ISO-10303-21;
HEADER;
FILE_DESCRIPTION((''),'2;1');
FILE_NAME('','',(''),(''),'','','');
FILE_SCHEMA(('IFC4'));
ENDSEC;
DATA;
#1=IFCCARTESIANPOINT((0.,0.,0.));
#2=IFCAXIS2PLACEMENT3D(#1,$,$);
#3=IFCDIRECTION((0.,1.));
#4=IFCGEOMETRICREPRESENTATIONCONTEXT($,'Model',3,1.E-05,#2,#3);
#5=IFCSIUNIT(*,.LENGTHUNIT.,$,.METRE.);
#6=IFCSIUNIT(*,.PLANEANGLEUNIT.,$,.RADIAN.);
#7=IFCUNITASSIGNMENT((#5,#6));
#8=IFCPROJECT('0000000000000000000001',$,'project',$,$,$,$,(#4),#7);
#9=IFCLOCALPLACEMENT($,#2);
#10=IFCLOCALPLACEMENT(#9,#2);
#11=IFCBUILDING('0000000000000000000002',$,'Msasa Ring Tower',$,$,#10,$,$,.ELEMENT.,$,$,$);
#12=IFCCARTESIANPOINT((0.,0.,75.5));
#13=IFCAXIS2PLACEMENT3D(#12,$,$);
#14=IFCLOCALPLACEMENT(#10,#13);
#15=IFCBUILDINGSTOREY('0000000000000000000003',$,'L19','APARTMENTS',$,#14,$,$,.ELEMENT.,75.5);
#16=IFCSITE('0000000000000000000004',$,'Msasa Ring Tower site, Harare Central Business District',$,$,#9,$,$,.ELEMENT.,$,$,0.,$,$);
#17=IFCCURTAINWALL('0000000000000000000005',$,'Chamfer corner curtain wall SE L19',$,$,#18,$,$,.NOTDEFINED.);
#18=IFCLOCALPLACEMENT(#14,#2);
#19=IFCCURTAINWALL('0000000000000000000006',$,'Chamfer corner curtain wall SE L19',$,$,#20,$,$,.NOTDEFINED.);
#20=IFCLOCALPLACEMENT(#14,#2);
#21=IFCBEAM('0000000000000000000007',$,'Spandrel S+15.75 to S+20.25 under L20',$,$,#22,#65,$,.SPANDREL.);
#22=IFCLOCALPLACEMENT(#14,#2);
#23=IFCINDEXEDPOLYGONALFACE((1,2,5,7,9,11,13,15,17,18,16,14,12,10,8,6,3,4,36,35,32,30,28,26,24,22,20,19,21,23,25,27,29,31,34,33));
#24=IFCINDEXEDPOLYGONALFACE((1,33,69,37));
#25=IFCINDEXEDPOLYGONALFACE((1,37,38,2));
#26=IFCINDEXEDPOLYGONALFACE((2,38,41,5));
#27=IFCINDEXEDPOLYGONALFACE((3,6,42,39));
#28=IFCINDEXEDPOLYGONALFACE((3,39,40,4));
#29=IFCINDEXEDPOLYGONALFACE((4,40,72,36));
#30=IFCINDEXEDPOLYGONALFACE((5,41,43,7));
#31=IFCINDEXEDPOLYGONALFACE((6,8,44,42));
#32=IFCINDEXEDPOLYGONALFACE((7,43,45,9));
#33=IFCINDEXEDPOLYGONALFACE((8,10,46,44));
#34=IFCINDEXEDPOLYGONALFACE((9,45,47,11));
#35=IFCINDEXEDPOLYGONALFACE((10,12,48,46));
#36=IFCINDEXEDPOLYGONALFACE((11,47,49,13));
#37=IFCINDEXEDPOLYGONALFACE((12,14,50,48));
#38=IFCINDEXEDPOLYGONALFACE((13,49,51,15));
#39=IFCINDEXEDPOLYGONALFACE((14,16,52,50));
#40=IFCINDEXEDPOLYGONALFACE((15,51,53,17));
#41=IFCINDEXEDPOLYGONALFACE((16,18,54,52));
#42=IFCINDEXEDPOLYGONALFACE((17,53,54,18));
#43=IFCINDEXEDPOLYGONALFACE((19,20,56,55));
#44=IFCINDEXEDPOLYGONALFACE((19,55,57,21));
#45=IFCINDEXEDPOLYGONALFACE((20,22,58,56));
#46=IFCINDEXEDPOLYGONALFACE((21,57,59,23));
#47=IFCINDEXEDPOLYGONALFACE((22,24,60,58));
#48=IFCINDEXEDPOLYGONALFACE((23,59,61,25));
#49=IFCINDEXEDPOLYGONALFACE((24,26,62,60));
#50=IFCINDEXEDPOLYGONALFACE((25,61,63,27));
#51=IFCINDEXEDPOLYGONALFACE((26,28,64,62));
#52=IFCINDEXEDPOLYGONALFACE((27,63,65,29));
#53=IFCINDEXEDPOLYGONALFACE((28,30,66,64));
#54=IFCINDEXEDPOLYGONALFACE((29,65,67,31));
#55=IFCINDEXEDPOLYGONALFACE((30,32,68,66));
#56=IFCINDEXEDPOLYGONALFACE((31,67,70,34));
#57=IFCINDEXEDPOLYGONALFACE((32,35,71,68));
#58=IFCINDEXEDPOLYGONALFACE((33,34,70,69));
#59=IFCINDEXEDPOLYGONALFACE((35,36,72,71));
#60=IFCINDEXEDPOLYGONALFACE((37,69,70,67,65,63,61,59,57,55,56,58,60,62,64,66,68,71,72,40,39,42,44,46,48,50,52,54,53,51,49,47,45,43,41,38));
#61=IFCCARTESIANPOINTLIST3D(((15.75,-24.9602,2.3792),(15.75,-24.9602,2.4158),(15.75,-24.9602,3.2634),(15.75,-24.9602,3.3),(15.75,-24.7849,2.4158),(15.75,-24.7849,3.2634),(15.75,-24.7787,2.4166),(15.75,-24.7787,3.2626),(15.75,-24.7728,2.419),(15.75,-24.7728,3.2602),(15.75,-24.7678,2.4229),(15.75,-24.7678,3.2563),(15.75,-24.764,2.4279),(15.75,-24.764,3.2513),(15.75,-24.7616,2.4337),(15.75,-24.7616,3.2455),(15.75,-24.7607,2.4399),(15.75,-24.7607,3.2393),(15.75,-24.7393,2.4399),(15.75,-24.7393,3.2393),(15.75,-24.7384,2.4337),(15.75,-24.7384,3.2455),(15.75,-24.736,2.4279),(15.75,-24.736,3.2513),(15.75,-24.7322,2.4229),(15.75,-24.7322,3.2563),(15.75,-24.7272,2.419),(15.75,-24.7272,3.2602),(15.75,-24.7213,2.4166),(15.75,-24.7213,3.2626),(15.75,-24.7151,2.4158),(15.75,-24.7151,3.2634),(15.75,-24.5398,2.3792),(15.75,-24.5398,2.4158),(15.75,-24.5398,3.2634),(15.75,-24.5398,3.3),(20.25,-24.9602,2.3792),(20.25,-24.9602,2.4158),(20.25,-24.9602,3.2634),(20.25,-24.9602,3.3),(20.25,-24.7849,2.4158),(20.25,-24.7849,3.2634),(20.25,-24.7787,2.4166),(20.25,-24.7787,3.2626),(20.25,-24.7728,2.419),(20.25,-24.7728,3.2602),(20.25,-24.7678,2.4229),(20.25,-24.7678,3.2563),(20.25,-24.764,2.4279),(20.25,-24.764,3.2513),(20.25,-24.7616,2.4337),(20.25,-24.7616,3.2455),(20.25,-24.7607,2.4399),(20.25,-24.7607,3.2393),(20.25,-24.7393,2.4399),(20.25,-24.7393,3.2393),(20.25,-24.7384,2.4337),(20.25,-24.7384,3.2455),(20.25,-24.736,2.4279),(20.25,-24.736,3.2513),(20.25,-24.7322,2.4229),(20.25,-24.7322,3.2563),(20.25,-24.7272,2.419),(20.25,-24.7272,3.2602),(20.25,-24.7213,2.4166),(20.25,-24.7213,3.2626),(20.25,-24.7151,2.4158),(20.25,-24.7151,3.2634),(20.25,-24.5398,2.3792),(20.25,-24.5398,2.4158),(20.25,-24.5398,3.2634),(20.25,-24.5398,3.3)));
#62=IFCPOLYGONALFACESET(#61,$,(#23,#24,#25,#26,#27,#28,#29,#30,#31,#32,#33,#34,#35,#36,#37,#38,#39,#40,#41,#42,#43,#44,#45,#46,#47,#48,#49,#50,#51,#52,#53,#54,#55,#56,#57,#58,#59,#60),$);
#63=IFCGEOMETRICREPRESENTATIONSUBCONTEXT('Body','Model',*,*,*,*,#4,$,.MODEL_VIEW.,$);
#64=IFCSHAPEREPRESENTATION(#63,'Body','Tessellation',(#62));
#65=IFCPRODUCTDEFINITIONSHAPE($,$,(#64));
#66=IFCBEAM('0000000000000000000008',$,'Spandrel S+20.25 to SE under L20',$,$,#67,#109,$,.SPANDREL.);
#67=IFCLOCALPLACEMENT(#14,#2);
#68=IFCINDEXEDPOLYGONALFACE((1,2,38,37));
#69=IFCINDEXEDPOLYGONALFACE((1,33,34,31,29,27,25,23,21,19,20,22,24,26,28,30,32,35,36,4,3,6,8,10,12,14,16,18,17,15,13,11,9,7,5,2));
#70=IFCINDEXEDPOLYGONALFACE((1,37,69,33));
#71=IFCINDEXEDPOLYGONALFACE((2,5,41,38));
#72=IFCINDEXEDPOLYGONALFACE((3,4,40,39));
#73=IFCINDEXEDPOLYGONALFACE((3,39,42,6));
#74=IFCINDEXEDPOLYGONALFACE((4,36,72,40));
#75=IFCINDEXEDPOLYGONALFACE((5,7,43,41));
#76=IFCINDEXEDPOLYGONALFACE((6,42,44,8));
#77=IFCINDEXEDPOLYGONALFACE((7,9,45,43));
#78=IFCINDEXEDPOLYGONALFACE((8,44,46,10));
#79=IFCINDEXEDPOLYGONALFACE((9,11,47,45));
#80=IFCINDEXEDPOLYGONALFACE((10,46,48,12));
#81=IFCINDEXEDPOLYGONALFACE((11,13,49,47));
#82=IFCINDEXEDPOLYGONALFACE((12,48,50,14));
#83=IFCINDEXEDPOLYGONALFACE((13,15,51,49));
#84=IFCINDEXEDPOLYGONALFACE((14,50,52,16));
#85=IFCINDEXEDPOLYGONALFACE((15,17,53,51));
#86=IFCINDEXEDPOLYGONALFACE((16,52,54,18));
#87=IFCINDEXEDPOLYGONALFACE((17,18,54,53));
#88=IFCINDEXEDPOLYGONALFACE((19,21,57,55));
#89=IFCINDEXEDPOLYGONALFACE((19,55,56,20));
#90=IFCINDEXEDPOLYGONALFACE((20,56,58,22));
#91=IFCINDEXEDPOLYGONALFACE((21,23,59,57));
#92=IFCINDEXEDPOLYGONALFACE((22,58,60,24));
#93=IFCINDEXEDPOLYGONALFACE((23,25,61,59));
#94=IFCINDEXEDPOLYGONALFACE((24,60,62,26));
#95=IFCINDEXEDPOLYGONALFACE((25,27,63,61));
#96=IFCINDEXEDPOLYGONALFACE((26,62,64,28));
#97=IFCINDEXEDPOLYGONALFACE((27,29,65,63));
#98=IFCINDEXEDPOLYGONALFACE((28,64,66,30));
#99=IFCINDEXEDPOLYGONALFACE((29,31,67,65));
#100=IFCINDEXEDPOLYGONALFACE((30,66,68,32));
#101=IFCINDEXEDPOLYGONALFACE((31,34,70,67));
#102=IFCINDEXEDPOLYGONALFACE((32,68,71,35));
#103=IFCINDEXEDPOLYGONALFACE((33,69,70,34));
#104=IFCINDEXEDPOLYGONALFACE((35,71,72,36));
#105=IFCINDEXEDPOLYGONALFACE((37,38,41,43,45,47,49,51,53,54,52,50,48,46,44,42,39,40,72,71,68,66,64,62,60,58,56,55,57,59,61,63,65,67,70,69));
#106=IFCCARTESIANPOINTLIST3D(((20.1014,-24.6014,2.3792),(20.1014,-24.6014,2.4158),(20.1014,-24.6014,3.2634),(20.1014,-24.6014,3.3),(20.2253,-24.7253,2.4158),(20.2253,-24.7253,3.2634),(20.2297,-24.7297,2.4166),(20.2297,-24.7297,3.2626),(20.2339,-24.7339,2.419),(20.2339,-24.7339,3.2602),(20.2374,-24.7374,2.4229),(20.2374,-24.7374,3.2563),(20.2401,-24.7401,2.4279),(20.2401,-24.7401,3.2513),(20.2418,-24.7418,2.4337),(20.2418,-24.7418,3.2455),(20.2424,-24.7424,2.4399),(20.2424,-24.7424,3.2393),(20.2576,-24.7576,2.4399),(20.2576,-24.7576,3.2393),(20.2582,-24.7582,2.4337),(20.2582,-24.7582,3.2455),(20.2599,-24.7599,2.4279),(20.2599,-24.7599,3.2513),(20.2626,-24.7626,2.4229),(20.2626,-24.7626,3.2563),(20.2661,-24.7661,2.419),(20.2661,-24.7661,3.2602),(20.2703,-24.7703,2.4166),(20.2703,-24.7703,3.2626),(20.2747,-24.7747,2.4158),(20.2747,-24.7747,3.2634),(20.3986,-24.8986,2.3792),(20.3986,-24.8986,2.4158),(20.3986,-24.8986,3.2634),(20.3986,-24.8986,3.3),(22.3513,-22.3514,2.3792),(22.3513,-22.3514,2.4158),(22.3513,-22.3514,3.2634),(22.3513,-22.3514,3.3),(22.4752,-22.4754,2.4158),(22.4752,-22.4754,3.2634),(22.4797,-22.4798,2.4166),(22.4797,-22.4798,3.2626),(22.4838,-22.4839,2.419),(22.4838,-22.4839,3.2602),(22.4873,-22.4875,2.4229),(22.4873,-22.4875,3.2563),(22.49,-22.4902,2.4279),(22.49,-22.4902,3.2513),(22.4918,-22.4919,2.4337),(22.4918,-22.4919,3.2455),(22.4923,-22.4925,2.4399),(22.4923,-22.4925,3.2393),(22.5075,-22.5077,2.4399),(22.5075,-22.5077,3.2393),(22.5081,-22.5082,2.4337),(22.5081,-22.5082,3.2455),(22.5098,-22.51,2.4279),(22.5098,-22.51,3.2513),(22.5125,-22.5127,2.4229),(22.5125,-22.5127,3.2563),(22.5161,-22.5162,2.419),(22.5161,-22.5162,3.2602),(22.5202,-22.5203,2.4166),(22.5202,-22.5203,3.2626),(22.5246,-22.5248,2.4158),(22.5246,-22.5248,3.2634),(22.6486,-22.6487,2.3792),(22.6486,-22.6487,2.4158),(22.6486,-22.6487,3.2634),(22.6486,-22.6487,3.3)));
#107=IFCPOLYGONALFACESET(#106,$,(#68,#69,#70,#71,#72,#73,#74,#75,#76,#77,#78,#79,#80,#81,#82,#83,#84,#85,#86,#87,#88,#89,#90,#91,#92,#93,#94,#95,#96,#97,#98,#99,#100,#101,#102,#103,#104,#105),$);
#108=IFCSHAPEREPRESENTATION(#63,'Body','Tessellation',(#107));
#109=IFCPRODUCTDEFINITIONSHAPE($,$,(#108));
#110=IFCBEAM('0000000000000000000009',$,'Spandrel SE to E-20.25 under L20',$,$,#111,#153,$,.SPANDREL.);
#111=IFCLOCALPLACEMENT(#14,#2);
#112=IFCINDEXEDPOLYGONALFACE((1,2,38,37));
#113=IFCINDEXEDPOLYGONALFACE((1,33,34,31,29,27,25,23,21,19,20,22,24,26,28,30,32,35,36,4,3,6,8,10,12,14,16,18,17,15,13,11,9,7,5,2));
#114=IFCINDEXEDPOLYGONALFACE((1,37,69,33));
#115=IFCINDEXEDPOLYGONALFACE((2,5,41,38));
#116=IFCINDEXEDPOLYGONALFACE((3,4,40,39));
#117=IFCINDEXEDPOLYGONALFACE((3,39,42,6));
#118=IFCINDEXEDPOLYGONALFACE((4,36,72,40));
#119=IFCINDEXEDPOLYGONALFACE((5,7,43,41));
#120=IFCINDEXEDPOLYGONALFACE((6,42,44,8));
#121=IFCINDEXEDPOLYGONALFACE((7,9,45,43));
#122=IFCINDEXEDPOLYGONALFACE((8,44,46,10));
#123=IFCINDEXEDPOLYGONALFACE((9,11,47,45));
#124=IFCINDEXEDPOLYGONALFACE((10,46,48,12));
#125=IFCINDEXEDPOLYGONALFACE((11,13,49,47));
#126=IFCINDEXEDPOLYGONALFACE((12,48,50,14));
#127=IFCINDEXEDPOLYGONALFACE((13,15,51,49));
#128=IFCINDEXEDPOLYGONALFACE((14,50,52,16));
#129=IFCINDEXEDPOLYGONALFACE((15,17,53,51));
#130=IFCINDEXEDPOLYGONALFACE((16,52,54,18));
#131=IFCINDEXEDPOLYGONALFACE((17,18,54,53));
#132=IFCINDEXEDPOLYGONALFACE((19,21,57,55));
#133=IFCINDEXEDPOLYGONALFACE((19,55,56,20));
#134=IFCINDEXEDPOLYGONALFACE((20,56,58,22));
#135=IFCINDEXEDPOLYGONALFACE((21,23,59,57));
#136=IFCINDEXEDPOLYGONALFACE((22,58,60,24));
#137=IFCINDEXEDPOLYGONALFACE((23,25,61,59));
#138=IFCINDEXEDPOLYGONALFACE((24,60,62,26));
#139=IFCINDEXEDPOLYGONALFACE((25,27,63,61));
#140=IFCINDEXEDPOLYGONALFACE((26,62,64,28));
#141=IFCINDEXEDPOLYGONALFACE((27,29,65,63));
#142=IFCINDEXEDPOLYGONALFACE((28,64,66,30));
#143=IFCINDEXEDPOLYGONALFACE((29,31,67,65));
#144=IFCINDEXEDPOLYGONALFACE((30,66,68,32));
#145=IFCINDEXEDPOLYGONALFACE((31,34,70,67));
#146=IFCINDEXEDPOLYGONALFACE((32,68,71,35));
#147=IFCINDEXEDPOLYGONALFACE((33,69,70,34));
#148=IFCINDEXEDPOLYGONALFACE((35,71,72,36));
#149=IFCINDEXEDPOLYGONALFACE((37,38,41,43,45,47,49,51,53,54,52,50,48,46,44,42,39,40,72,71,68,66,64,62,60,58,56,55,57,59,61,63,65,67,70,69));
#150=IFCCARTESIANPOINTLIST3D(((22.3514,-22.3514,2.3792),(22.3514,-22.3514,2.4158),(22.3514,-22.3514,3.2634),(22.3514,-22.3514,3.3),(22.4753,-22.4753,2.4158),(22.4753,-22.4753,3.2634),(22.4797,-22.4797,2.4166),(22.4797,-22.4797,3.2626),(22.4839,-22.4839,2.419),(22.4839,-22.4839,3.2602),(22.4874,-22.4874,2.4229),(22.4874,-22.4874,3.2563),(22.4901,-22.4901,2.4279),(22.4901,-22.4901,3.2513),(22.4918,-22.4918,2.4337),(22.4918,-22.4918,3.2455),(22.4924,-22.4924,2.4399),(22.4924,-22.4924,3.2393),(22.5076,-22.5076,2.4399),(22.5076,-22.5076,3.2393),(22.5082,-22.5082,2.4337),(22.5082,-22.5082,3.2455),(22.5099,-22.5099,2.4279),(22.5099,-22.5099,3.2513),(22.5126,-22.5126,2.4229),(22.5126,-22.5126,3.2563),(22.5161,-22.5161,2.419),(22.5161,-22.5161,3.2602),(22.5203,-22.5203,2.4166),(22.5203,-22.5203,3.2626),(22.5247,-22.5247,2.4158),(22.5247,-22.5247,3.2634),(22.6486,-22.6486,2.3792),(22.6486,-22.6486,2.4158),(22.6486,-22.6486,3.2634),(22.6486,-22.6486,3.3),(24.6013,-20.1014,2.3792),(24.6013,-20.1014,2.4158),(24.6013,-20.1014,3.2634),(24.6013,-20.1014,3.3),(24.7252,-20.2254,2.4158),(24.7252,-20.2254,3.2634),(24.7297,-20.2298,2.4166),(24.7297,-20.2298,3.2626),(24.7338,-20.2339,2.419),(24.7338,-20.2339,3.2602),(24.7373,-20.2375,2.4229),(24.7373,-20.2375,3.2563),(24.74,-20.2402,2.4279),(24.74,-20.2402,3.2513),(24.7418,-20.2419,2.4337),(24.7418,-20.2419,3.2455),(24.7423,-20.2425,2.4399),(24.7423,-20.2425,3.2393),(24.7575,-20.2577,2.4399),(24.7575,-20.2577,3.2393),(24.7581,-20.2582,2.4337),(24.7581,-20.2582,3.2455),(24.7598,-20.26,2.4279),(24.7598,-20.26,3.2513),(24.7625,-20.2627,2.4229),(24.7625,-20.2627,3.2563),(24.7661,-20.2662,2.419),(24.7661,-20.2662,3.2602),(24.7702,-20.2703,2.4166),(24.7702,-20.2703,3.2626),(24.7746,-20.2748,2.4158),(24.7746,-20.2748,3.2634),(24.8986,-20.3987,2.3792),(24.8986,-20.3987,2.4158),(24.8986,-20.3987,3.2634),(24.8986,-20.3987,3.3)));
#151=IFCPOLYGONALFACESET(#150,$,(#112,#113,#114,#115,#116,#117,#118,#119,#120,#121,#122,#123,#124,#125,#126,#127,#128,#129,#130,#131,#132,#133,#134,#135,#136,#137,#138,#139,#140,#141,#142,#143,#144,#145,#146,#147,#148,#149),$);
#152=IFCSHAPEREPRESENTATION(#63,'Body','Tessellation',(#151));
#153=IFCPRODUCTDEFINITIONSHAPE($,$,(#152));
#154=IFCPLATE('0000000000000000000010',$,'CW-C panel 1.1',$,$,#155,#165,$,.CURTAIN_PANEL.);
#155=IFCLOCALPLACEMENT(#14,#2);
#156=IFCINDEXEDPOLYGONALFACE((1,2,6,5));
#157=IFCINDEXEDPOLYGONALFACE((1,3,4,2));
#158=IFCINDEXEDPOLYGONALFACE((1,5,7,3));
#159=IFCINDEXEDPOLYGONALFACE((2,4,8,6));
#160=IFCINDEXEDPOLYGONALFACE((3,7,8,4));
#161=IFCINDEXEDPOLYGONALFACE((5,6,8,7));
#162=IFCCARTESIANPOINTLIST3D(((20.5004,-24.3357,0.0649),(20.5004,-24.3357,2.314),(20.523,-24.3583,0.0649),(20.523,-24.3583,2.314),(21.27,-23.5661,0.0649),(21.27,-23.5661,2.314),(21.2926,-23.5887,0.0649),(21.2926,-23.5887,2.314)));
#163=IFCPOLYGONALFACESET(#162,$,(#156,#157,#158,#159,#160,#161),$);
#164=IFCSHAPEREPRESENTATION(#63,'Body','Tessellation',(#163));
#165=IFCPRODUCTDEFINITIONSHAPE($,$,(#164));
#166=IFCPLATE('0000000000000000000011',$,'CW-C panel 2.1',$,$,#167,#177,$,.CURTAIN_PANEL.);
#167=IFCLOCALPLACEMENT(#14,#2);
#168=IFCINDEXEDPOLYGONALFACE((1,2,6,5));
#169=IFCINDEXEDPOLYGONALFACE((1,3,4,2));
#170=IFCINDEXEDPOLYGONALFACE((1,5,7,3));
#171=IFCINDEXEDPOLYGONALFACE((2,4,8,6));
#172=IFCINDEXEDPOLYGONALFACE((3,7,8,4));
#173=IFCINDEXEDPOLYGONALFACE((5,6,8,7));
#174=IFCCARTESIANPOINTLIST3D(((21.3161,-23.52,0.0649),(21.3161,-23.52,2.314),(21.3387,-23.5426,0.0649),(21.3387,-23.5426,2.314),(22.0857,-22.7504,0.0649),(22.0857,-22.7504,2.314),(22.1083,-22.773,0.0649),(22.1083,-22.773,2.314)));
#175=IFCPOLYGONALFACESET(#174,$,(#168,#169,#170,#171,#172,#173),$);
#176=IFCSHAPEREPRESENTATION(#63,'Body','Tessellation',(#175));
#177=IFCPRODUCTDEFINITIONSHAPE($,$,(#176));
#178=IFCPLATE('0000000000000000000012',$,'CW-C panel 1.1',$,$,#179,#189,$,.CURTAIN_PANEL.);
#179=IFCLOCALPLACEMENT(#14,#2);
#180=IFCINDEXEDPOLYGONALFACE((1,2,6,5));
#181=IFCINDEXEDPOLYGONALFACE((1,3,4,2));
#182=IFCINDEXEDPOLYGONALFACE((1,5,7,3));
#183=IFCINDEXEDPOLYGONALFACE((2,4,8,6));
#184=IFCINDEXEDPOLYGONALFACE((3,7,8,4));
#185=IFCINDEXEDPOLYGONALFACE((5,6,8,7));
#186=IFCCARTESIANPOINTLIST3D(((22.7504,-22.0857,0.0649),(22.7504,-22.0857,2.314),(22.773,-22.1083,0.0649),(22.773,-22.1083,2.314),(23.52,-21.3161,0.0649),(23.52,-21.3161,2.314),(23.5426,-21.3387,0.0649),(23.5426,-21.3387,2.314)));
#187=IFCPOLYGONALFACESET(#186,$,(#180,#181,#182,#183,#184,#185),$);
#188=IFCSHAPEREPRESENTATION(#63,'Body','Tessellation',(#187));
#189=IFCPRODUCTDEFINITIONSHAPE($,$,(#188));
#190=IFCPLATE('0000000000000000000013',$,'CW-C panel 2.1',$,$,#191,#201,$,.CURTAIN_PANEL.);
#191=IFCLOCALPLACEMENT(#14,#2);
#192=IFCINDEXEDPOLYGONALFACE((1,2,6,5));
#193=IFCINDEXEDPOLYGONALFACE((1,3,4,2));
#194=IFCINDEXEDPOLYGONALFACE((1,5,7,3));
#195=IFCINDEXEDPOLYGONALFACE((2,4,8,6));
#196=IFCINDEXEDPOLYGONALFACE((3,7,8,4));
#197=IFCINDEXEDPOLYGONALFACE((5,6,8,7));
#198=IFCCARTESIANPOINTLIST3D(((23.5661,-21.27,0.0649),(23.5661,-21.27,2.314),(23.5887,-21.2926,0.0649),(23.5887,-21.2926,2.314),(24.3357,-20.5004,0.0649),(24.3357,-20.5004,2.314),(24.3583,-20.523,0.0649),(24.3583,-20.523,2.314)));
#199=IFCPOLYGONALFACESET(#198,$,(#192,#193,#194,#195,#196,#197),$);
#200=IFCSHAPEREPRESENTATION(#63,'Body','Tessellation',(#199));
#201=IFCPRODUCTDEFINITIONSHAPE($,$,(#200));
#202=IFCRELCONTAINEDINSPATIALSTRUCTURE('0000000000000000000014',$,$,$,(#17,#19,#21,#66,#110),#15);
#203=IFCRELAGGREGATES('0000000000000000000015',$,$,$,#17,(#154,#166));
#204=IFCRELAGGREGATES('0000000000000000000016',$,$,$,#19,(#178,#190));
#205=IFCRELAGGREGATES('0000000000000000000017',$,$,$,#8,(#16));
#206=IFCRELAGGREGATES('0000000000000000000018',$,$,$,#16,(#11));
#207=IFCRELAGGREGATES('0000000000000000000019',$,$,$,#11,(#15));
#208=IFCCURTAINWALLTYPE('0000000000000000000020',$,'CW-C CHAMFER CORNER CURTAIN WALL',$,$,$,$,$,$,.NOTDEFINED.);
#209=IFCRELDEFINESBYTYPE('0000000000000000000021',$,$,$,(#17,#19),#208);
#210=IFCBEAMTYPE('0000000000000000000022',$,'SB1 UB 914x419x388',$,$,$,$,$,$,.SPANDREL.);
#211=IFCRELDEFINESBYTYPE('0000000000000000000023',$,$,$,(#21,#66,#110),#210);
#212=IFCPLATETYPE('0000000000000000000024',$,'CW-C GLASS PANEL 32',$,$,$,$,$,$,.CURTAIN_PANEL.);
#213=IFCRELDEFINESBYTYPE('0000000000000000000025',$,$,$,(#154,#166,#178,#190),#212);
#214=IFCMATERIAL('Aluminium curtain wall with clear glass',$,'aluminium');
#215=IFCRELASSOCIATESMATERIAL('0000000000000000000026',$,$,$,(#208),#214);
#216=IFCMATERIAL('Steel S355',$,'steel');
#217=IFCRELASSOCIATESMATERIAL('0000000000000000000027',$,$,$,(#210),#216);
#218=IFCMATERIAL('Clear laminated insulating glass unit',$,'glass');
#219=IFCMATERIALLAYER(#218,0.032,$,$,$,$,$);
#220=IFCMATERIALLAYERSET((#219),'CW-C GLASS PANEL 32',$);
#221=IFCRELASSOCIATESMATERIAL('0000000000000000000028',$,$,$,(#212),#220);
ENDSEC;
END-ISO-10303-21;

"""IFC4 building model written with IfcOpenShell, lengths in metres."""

from ifc_helpers import new_model, si_unit, direction, frame, origin, origin_2d, place, context, subcontext, project, spatial, rectangle, i_section, extrude, material, layer, layer_set, material_profile, profile_set, type_object, element, aggregate, save


model = new_model("IFC4")

# Units and contexts
model_context = context("Model", 3, precision=1e-05, world=origin(), true_north=direction((0.0, 1.0)))
body_context = subcontext(model_context, "Body", "Model", "MODEL_VIEW")
ifc_project = project(units=[si_unit("LENGTHUNIT", "METRE"), si_unit("PLANEANGLEUNIT", "RADIAN")], contexts=[model_context])

# Site, building, storey
site_placement = place(None, origin())
site = spatial("IfcSite", under=ifc_project, at=site_placement, Name="Msasa Ring Tower site, Harare Central Business District", CompositionType="ELEMENT", RefElevation=0.0)
building_placement = place(site_placement, origin())
building = spatial("IfcBuilding", under=site, at=building_placement, Name="Msasa Ring Tower", CompositionType="ELEMENT")
storey_placement = place(building_placement, frame((0.0, 0.0, 75.5)))
storey = spatial("IfcBuildingStorey", under=building, at=storey_placement, Name="L19", Description="APARTMENTS", CompositionType="ELEMENT", Elevation=75.5)

# Curtain walls
ifc_material_1 = material(Name="Aluminium curtain wall with clear glass", Category="aluminium")
curtain_wall_type = type_object("IfcCurtainWallType", Name="CW-C CHAMFER CORNER CURTAIN WALL", PredefinedType="NOTDEFINED", material=ifc_material_1)
curtain_wall_1_placement = place(storey_placement, origin())
curtain_wall_1 = element("IfcCurtainWall", 1, at=curtain_wall_1_placement, inside=storey, type_object=curtain_wall_type, Name="Chamfer corner curtain wall SE L19", PredefinedType="NOTDEFINED")
curtain_wall_2_placement = place(storey_placement, origin())
curtain_wall_2 = element("IfcCurtainWall", 2, at=curtain_wall_2_placement, inside=storey, type_object=curtain_wall_type, Name="Chamfer corner curtain wall SE L19", PredefinedType="NOTDEFINED")

# Beams
ifc_material_2 = material(Name="Steel S355", Category="steel")
ifc_material_profile_1 = material_profile(ifc_material_2, i_section(OverallWidth=0.4204, OverallDepth=0.9209, WebThickness=0.0215, FlangeThickness=0.0366, FilletRadius=0.0242, at=origin_2d()), Name="UB 914x419x388")
ifc_profile_set_1 = profile_set([ifc_material_profile_1], Name="Steel S355")
beam_type_1 = type_object("IfcBeamType", Name="SB1 UB 914x419x388", PredefinedType="SPANDREL", material=ifc_profile_set_1)
beam_1_placement = place(storey_placement, frame((15.75, -24.75, 2.8396), z_axis=(1.0, 0.0, 0.0), x_axis=(0.0, 1.0, 0.0)))
element("IfcBeam", 3, at=beam_1_placement, inside=storey, type_object=beam_type_1, Name="Spandrel S+15.75 to S+20.25 under L20", PredefinedType="SPANDREL", context=body_context, shape_type="SweptSolid", body=[
    extrude(i_section(OverallWidth=0.4204, OverallDepth=0.9209, WebThickness=0.0215, FlangeThickness=0.0366, FilletRadius=0.0242, at=origin_2d()), origin(), (0.0, 0.0, 1.0), 4.5),
])
for number, where, z_axis, x_axis, name in (
    (4, (20.25, -24.75, 2.8396), (0.707107, 0.707107, 0.0), (-0.707107, 0.707107, 0.0), "Spandrel S+20.25 to SE under L20"),
    (5, (22.5, -22.5, 2.8396), (0.707107, 0.707107, 0.0), (-0.707107, 0.707107, 0.0), "Spandrel SE to E-20.25 under L20"),
):
    element("IfcBeam", number, at=place(storey_placement, frame(where, z_axis=z_axis, x_axis=x_axis)), inside=storey, type_object=beam_type_1, Name=name, PredefinedType="SPANDREL", context=body_context, shape_type="SweptSolid", body=[
        extrude(i_section(OverallWidth=0.4204, OverallDepth=0.9209, WebThickness=0.0215, FlangeThickness=0.0366, FilletRadius=0.0242, at=origin_2d()), origin(), (0.0, 0.0, 1.0), 3.1819),
    ])

# Plates
ifc_material_3 = material(Name="Clear laminated insulating glass unit", Category="glass")
ifc_layer_1 = layer(ifc_material_3, 0.032)
ifc_layer_set_1 = layer_set([ifc_layer_1], Name="CW-C GLASS PANEL 32")
plate_type = type_object("IfcPlateType", Name="CW-C GLASS PANEL 32", PredefinedType="CURTAIN_PANEL", material=ifc_layer_set_1)
plate_1_placement = place(storey_placement, frame((20.8965, -23.9622, 0.0649), z_axis=(0.0, 0.0, 1.0), x_axis=(0.707107, 0.707107, 0.0)))
plate_1 = element("IfcPlate", 6, at=plate_1_placement, type_object=plate_type, Name="CW-C panel 1.1", PredefinedType="CURTAIN_PANEL", context=body_context, shape_type="SweptSolid", body=[
    extrude(rectangle(XDim=1.0884, YDim=0.032, at=origin_2d()), origin(), (0.0, 0.0, 1.0), 2.249),
])
plate_2_placement = place(storey_placement, frame((21.7122, -23.1465, 0.0649), z_axis=(0.0, 0.0, 1.0), x_axis=(0.707107, 0.707107, 0.0)))
plate_2 = element("IfcPlate", 7, at=plate_2_placement, type_object=plate_type, Name="CW-C panel 2.1", PredefinedType="CURTAIN_PANEL", context=body_context, shape_type="SweptSolid", body=[
    extrude(rectangle(XDim=1.0884, YDim=0.032, at=origin_2d()), origin(), (0.0, 0.0, 1.0), 2.249),
])
aggregate(curtain_wall_1, [plate_1, plate_2])
plate_3_placement = place(storey_placement, frame((23.1465, -21.7122, 0.0649), z_axis=(0.0, 0.0, 1.0), x_axis=(0.707107, 0.707107, 0.0)))
plate_3 = element("IfcPlate", 8, at=plate_3_placement, type_object=plate_type, Name="CW-C panel 1.1", PredefinedType="CURTAIN_PANEL", context=body_context, shape_type="SweptSolid", body=[
    extrude(rectangle(XDim=1.0884, YDim=0.032, at=origin_2d()), origin(), (0.0, 0.0, 1.0), 2.249),
])
plate_4_placement = place(storey_placement, frame((23.9622, -20.8965, 0.0649), z_axis=(0.0, 0.0, 1.0), x_axis=(0.707107, 0.707107, 0.0)))
plate_4 = element("IfcPlate", 9, at=plate_4_placement, type_object=plate_type, Name="CW-C panel 2.1", PredefinedType="CURTAIN_PANEL", context=body_context, shape_type="SweptSolid", body=[
    extrude(rectangle(XDim=1.0884, YDim=0.032, at=origin_2d()), origin(), (0.0, 0.0, 1.0), 2.249),
])
aggregate(curtain_wall_2, [plate_3, plate_4])

save(model, "model.ifc")
